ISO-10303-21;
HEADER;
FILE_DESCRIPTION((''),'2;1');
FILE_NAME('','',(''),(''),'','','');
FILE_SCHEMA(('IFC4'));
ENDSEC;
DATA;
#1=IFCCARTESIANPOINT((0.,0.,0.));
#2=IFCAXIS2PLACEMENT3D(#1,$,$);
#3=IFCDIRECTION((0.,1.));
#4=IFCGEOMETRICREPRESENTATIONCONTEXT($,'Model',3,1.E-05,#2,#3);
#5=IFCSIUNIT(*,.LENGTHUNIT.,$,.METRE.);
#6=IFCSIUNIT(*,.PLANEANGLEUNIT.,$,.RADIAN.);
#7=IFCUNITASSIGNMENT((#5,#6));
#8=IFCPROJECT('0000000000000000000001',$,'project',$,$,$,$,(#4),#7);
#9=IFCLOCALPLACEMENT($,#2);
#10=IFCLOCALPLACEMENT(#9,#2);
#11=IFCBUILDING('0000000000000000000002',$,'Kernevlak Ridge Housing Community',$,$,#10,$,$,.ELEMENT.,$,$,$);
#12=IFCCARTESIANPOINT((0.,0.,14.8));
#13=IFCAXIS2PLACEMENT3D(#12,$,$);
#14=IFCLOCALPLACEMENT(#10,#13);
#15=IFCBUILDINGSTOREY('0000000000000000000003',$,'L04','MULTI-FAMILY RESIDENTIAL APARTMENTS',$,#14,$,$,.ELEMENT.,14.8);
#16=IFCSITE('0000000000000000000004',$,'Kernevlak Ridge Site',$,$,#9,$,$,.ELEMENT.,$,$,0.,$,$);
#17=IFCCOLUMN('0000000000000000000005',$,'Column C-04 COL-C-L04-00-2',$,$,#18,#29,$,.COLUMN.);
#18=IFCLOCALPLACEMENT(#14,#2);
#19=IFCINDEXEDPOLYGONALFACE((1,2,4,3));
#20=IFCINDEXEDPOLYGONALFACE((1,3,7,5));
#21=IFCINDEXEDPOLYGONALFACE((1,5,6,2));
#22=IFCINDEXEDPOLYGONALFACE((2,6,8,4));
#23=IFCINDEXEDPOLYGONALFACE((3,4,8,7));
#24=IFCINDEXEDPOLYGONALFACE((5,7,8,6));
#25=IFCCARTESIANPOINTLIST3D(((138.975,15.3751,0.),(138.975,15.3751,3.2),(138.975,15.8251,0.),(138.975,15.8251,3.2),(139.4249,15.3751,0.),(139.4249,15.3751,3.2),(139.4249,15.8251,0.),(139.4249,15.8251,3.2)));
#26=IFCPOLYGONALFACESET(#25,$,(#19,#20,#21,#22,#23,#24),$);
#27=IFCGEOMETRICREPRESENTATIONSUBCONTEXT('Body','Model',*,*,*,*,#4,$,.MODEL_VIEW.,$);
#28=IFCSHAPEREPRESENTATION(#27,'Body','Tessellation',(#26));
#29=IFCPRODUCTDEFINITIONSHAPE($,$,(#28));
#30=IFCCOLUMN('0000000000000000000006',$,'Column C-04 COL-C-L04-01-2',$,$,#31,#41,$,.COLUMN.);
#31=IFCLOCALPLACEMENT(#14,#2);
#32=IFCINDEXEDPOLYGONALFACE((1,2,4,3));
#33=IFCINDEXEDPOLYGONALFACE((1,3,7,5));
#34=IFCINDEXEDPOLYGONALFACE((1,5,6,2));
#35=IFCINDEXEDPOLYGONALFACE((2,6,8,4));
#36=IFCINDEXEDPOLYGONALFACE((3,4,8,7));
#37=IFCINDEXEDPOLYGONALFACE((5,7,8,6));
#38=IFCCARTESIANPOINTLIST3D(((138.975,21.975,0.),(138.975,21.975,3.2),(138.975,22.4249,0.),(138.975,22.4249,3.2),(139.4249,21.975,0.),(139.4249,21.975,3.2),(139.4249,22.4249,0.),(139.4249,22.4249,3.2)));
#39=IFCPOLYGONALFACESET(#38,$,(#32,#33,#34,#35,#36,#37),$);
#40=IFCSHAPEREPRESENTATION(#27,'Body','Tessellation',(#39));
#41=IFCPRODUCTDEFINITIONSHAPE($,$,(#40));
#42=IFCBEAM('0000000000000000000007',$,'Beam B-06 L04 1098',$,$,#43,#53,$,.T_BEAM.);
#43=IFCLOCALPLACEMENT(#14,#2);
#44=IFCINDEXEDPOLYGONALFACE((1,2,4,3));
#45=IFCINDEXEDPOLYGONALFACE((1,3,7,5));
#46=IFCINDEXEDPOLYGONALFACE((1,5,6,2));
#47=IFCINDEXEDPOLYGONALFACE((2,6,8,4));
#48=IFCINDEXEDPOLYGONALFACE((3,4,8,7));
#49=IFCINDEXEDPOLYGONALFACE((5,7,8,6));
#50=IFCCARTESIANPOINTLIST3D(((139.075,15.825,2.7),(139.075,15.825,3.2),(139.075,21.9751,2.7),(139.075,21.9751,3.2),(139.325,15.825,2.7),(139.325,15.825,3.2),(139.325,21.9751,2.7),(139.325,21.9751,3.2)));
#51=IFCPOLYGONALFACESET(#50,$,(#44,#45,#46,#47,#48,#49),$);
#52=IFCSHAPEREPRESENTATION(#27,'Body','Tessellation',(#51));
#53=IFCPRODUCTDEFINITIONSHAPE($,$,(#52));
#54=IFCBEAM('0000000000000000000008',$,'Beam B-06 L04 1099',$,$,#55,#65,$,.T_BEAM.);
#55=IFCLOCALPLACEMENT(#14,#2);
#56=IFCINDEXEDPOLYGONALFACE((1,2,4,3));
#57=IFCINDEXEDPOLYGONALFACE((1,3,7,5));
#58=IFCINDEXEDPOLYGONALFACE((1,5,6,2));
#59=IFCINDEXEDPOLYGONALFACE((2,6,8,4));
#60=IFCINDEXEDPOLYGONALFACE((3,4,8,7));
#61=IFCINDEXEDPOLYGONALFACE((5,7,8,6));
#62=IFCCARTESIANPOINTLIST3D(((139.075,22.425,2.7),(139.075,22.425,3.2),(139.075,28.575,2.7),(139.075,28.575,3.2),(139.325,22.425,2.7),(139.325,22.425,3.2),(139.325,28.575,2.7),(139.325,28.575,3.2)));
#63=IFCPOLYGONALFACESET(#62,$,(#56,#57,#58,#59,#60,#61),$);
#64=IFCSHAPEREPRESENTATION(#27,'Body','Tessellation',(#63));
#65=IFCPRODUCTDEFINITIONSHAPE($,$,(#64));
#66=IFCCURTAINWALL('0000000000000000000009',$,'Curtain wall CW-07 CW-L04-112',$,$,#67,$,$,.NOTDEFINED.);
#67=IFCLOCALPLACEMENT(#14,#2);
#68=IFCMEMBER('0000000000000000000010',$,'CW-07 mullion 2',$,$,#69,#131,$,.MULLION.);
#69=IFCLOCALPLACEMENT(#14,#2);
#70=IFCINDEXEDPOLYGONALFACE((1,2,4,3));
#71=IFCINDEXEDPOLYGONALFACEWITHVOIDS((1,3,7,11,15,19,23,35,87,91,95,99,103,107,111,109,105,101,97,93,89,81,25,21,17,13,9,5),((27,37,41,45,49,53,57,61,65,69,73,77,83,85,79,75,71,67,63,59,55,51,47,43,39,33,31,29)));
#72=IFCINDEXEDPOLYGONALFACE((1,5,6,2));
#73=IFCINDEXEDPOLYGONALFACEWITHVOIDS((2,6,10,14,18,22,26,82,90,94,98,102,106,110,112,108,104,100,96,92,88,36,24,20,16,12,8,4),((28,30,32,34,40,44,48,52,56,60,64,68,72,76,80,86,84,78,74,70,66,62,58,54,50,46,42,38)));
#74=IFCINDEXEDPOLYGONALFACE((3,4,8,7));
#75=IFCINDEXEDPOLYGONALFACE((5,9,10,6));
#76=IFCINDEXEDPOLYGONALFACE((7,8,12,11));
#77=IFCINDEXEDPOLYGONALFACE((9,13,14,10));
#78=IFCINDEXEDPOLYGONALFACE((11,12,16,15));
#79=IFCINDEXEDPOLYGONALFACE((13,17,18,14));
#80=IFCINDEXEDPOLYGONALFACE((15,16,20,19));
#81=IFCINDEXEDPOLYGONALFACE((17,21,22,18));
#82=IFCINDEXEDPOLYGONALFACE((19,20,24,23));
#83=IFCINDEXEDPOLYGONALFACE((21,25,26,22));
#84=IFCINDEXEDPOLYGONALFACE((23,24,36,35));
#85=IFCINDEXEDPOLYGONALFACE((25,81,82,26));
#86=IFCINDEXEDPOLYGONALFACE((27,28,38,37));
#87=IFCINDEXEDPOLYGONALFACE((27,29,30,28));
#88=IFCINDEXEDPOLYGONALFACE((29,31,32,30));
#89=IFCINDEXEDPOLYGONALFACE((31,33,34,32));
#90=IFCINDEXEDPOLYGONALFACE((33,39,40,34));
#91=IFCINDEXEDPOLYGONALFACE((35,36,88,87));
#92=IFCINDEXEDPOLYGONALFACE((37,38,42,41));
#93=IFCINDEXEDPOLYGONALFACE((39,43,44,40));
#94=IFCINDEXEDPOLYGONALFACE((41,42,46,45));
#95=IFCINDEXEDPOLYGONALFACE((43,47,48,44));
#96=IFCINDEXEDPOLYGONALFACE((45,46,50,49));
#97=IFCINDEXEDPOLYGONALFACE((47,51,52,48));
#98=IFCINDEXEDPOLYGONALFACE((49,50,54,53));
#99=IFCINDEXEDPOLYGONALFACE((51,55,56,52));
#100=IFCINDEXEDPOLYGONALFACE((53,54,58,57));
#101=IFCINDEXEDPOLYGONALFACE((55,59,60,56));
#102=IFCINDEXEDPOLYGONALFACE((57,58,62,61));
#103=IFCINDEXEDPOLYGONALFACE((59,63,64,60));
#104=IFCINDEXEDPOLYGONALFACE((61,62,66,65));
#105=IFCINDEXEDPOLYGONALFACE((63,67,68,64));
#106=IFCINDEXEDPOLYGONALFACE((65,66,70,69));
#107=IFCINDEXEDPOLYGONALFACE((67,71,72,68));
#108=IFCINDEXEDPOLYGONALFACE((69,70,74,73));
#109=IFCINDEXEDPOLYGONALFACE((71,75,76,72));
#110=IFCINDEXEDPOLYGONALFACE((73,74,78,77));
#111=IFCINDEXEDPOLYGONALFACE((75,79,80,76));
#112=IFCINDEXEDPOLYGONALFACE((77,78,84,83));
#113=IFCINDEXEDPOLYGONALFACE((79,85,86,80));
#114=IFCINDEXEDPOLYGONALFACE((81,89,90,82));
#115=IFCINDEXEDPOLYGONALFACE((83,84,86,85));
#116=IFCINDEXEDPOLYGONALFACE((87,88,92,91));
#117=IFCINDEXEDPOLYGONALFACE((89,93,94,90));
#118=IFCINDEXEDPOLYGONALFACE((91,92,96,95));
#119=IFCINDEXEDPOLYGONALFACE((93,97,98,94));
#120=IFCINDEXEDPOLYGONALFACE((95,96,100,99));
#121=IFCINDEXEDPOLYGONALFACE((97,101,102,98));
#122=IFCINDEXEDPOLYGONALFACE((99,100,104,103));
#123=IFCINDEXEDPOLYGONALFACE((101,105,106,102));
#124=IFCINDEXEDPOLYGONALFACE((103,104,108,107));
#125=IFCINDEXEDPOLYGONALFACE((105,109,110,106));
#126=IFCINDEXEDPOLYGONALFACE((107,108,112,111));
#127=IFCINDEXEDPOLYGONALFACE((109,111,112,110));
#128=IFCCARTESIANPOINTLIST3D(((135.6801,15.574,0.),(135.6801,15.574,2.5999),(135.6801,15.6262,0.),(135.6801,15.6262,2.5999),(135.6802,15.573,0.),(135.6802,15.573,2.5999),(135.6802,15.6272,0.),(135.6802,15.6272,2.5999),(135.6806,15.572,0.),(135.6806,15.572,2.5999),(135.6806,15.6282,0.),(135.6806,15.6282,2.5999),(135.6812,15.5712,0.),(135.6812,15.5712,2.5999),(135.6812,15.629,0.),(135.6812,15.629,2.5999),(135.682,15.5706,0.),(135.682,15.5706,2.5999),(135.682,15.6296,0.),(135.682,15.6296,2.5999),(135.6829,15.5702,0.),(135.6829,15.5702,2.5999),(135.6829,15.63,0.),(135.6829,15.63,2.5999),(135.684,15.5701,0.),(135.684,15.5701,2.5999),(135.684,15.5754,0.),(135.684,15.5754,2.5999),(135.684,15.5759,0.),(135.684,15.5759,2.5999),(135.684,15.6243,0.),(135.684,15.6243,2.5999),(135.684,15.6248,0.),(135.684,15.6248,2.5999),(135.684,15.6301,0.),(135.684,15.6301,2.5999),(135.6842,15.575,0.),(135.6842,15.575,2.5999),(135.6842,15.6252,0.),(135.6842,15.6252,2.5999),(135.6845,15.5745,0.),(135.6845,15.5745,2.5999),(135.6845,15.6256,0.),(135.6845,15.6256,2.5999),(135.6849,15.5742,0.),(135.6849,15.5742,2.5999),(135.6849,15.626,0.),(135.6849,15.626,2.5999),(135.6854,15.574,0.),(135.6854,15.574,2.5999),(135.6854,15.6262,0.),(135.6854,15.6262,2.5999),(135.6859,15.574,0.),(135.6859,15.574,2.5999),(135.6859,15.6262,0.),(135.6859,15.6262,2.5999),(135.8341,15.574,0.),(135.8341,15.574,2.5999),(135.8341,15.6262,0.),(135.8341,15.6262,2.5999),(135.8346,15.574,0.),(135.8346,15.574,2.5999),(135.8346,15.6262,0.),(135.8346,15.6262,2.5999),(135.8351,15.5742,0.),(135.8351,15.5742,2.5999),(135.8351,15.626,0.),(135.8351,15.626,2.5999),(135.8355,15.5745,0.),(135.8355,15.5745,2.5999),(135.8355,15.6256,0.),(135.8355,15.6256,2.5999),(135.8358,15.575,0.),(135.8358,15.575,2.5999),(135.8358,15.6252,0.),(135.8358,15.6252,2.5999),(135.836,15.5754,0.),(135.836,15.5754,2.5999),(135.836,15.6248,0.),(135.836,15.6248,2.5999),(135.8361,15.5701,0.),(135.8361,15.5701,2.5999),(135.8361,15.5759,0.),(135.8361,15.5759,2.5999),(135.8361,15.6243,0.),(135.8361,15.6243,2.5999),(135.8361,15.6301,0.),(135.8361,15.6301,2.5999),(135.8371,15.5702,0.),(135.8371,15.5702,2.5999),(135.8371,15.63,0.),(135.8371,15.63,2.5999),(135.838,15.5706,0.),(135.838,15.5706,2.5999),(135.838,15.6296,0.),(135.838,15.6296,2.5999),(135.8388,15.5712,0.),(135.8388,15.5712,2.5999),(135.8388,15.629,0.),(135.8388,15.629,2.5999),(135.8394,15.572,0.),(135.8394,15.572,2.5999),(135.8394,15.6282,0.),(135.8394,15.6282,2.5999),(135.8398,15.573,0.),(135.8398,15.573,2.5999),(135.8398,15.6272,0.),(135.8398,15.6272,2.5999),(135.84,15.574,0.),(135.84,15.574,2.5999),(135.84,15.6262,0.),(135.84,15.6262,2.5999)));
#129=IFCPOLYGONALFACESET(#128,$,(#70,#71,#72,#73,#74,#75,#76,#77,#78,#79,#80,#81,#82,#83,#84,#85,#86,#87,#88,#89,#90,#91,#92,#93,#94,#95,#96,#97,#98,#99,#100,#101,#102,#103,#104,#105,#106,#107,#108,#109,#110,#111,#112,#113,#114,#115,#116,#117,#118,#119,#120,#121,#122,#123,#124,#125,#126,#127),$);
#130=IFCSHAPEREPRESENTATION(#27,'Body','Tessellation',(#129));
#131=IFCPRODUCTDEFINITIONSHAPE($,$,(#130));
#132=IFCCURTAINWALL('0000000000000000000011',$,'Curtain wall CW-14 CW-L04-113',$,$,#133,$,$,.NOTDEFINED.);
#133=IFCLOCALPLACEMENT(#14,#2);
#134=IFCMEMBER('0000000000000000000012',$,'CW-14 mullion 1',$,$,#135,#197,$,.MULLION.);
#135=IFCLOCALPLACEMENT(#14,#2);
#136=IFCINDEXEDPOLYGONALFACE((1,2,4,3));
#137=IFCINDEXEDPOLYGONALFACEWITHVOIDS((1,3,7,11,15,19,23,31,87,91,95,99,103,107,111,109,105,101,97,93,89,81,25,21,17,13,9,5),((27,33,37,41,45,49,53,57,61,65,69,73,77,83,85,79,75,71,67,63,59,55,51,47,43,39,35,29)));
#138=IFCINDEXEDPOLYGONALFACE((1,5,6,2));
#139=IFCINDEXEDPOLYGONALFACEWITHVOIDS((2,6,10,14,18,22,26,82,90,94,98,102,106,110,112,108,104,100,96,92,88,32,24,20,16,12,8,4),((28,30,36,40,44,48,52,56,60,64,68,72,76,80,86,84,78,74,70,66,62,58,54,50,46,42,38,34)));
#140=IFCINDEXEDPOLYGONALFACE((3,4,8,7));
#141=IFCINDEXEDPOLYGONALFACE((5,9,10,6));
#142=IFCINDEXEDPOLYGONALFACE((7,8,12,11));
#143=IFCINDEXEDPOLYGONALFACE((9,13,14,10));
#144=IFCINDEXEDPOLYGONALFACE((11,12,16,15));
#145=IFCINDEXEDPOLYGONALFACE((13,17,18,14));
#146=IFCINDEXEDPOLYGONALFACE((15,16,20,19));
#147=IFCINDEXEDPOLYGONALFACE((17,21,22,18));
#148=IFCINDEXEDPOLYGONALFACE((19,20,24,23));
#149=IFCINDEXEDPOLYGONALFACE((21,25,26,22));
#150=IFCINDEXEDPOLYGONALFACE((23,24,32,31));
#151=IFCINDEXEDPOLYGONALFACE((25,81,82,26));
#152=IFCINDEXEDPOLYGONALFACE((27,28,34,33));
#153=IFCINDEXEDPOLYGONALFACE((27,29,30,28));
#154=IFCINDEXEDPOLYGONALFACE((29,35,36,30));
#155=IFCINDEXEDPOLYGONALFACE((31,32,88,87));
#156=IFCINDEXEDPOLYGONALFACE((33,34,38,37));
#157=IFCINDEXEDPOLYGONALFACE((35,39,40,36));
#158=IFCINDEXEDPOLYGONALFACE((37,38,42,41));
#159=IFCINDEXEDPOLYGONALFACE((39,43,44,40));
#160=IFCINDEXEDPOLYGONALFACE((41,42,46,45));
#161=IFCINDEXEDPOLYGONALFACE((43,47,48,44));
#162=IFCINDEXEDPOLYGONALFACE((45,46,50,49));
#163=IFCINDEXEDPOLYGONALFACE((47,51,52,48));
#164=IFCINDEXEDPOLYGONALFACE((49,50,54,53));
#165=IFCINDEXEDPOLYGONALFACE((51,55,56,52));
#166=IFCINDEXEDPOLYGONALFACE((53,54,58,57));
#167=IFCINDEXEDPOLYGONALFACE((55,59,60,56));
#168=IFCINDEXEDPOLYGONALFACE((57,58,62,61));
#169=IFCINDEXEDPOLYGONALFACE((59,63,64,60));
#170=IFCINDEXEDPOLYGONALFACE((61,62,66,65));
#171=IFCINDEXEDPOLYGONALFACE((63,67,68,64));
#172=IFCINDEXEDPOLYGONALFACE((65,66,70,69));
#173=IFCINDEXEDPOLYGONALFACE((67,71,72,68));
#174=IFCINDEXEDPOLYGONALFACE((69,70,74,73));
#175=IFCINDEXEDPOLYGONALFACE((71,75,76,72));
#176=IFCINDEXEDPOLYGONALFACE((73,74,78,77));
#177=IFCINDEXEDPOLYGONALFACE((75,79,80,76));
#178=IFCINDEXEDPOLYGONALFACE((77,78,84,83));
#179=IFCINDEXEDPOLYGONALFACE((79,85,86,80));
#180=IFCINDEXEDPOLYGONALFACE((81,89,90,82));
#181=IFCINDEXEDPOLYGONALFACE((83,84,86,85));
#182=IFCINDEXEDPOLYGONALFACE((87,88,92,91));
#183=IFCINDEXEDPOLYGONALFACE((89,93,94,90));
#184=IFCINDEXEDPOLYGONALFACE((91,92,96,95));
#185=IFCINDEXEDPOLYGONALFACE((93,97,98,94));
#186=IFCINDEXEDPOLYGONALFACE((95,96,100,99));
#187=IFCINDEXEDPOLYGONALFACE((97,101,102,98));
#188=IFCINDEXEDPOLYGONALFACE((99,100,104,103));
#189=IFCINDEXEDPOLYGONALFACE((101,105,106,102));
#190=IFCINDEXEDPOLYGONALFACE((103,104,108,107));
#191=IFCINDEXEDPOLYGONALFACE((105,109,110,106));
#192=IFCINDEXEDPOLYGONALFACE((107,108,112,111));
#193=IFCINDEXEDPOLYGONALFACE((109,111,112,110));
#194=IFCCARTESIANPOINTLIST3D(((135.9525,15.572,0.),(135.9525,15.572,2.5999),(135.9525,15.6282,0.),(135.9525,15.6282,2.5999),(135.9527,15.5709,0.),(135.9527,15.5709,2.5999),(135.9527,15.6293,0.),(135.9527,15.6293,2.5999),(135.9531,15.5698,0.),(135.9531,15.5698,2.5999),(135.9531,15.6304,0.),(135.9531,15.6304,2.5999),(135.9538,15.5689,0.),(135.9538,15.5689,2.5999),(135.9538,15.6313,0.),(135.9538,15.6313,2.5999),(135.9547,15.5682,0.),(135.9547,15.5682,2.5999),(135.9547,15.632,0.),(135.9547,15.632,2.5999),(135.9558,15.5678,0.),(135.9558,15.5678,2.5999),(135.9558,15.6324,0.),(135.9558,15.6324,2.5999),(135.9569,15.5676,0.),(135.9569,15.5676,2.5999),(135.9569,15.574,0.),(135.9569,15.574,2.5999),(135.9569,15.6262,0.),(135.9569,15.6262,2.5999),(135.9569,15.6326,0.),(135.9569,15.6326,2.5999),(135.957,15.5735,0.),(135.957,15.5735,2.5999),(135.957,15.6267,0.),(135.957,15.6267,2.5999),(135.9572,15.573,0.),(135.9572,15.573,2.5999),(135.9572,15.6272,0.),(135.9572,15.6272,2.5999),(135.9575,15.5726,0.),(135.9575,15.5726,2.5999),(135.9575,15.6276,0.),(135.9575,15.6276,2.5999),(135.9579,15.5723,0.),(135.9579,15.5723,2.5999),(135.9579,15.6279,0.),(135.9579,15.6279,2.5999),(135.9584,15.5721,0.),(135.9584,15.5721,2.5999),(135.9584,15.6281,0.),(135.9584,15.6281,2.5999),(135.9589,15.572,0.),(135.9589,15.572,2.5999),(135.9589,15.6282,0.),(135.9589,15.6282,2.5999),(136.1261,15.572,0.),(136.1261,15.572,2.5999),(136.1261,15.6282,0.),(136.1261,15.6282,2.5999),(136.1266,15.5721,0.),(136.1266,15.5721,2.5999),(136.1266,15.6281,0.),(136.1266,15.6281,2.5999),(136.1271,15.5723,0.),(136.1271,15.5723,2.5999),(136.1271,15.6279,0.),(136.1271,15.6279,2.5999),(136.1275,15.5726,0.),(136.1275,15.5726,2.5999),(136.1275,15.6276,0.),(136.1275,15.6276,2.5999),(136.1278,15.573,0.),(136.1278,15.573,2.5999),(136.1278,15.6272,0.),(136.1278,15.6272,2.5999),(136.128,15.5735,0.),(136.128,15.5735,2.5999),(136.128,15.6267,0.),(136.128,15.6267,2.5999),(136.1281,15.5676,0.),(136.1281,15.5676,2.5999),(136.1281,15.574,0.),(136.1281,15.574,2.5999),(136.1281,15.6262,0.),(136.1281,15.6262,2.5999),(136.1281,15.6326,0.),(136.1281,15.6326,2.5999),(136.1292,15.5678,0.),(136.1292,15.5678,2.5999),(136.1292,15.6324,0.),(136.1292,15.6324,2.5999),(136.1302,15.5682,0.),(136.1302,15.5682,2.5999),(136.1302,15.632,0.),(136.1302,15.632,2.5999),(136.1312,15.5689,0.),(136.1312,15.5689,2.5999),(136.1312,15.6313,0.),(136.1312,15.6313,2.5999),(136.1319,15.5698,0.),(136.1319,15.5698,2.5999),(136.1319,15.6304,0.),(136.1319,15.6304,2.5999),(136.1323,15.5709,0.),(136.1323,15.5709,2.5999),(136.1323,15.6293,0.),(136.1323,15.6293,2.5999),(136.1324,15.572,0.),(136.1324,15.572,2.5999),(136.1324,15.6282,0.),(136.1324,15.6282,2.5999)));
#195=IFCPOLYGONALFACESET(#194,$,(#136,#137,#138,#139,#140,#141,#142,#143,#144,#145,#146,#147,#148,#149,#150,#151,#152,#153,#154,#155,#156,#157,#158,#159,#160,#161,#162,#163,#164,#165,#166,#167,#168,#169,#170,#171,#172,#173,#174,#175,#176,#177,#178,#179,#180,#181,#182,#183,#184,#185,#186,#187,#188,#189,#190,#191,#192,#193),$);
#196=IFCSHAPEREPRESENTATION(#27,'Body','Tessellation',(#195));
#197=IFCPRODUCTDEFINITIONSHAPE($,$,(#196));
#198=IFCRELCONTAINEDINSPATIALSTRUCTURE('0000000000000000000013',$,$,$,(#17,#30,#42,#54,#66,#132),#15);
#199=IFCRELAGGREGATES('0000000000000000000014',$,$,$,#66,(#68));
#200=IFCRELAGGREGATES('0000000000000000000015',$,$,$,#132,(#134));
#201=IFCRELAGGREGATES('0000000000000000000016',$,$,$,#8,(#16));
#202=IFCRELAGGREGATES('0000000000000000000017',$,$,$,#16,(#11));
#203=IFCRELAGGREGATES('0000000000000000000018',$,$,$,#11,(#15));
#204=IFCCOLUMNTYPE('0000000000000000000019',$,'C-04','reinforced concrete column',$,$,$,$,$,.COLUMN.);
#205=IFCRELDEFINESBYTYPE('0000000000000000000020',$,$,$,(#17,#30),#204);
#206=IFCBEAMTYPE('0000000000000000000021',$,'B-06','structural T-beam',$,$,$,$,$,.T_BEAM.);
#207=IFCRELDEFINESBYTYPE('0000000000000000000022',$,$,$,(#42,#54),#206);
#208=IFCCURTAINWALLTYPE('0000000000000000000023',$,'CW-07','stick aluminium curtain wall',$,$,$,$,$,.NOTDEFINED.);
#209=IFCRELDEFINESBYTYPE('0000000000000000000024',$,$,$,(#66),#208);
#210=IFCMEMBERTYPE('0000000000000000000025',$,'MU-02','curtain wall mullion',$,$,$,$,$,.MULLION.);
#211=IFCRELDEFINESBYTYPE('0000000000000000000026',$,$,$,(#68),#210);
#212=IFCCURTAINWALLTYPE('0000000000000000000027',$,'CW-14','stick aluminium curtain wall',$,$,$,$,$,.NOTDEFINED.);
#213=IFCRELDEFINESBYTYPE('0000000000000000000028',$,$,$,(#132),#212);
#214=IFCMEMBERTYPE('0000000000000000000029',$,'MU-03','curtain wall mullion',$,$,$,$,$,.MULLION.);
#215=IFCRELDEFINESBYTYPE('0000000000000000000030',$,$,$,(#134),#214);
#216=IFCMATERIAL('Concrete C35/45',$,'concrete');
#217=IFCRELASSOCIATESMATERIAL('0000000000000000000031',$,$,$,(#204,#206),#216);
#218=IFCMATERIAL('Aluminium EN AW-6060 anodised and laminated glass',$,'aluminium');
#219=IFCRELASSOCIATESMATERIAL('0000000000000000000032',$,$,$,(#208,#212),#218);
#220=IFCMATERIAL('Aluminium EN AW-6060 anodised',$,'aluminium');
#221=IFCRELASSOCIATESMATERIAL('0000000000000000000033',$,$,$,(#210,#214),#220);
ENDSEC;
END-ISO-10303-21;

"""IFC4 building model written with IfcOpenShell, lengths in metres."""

from ifc_helpers import new_model, si_unit, direction, frame, origin, origin_2d, place, context, subcontext, project, spatial, rectangle, hollow_rectangle, extrude, material, material_profile, profile_set, type_object, element, aggregate, save


model = new_model("IFC4")

# Units and contexts
model_context = context("Model", 3, precision=1e-05, world=origin(), true_north=direction((0.0, 1.0)))
body_context = subcontext(model_context, "Body", "Model", "MODEL_VIEW")
ifc_project = project(units=[si_unit("LENGTHUNIT", "METRE"), si_unit("PLANEANGLEUNIT", "RADIAN")], contexts=[model_context])

# Site, building, storey
site_placement = place(None, origin())
site = spatial("IfcSite", under=ifc_project, at=site_placement, Name="Kernevlak Ridge Site", CompositionType="ELEMENT", RefElevation=0.0)
building_placement = place(site_placement, origin())
building = spatial("IfcBuilding", under=site, at=building_placement, Name="Kernevlak Ridge Housing Community", CompositionType="ELEMENT")
storey_placement = place(building_placement, frame((0.0, 0.0, 14.8)))
storey = spatial("IfcBuildingStorey", under=building, at=storey_placement, Name="L04", Description="MULTI-FAMILY RESIDENTIAL APARTMENTS", CompositionType="ELEMENT", Elevation=14.8)

# Columns
ifc_material_1 = material(Name="Concrete C35/45", Category="concrete")
ifc_material_profile_1 = material_profile(ifc_material_1, rectangle(XDim=0.45, YDim=0.45, at=origin_2d()), Name="RC 450x450")
ifc_profile_set_1 = profile_set([ifc_material_profile_1], Name="Concrete C35/45")
column_type = type_object("IfcColumnType", Name="C-04", Description="reinforced concrete column", PredefinedType="COLUMN", material=ifc_profile_set_1)
for number, where, z_axis, x_axis, name in (
    (1, (139.2, 15.6001, 0.0), (0.0, 0.0, 1.0), (1.0, 0.0, 0.0), "Column C-04 COL-C-L04-00-2"),
    (2, (139.2, 22.2, 0.0), (0.0, 0.0, 1.0), (1.0, 0.0, 0.0), "Column C-04 COL-C-L04-01-2"),
):
    element("IfcColumn", number, at=place(storey_placement, frame(where, z_axis=z_axis, x_axis=x_axis)), inside=storey, type_object=column_type, Name=name, PredefinedType="COLUMN", context=body_context, shape_type="SweptSolid", body=[
        extrude(rectangle(XDim=0.45, YDim=0.45, at=origin_2d()), origin(), (0.0, 0.0, 1.0), 3.2),
    ])

# Beams
ifc_material_profile_2 = material_profile(ifc_material_1, rectangle(XDim=0.25, YDim=0.5, at=origin_2d()), Name="RC 250x500")
ifc_profile_set_2 = profile_set([ifc_material_profile_2], Name="Concrete C35/45")
beam_type = type_object("IfcBeamType", Name="B-06", Description="structural T-beam", PredefinedType="T_BEAM", material=ifc_profile_set_2)
beam_1_placement = place(storey_placement, frame((139.2, 15.825, 2.95), z_axis=(0.0, 1.0, 0.0), x_axis=(-1.0, 0.0, 0.0)))
element("IfcBeam", 3, at=beam_1_placement, inside=storey, type_object=beam_type, Name="Beam B-06 L04 1098", PredefinedType="T_BEAM", context=body_context, shape_type="SweptSolid", body=[
    extrude(rectangle(XDim=0.25, YDim=0.5, at=origin_2d()), origin(), (0.0, 0.0, 1.0), 6.1501),
])
beam_2_placement = place(storey_placement, frame((139.2, 22.425, 2.95), z_axis=(0.0, 1.0, 0.0), x_axis=(-1.0, 0.0, 0.0)))
element("IfcBeam", 4, at=beam_2_placement, inside=storey, type_object=beam_type, Name="Beam B-06 L04 1099", PredefinedType="T_BEAM", context=body_context, shape_type="SweptSolid", body=[
    extrude(rectangle(XDim=0.25, YDim=0.5, at=origin_2d()), origin(), (0.0, 0.0, 1.0), 6.1499),
])

# Curtain wall, member
ifc_material_2 = material(Name="Aluminium EN AW-6060 anodised and laminated glass", Category="aluminium")
curtain_wall_type_1 = type_object("IfcCurtainWallType", Name="CW-07", Description="stick aluminium curtain wall", PredefinedType="NOTDEFINED", material=ifc_material_2)
curtain_wall_1_placement = place(storey_placement, origin())
curtain_wall_1 = element("IfcCurtainWall", 5, at=curtain_wall_1_placement, inside=storey, type_object=curtain_wall_type_1, Name="Curtain wall CW-07 CW-L04-112", PredefinedType="NOTDEFINED")
ifc_material_3 = material(Name="Aluminium EN AW-6060 anodised", Category="aluminium")
ifc_material_profile_3 = material_profile(ifc_material_3, hollow_rectangle(XDim=0.0601, YDim=0.1599, WallThickness=0.0039, InnerFilletRadius=0.002, OuterFilletRadius=0.0039, at=origin_2d()), Name="ALU 60x160x4")
ifc_profile_set_3 = profile_set([ifc_material_profile_3], Name="Aluminium EN AW-6060 anodised")
member_type_1 = type_object("IfcMemberType", Name="MU-02", Description="curtain wall mullion", PredefinedType="MULLION", material=ifc_profile_set_3)
member_1_placement = place(storey_placement, frame((135.76, 15.6001, 0.0), z_axis=(0.0, 0.0, 1.0), x_axis=(0.0, 1.0, 0.0)))
member_1 = element("IfcMember", 6, at=member_1_placement, type_object=member_type_1, Name="CW-07 mullion 2", PredefinedType="MULLION", context=body_context, shape_type="SweptSolid", body=[
    extrude(hollow_rectangle(XDim=0.0601, YDim=0.1599, WallThickness=0.0039, InnerFilletRadius=0.002, OuterFilletRadius=0.0039, at=origin_2d()), origin(), (0.0, 0.0, 1.0), 2.5999),
])
aggregate(curtain_wall_1, [member_1])

# Curtain wall, member
curtain_wall_type_2 = type_object("IfcCurtainWallType", Name="CW-14", Description="stick aluminium curtain wall", PredefinedType="NOTDEFINED", material=ifc_material_2)
curtain_wall_2_placement = place(storey_placement, origin())
curtain_wall_2 = element("IfcCurtainWall", 7, at=curtain_wall_2_placement, inside=storey, type_object=curtain_wall_type_2, Name="Curtain wall CW-14 CW-L04-113", PredefinedType="NOTDEFINED")
ifc_material_profile_4 = material_profile(ifc_material_3, hollow_rectangle(XDim=0.0649, YDim=0.1799, WallThickness=0.0044, InnerFilletRadius=0.002, OuterFilletRadius=0.0044, at=origin_2d()), Name="ALU 65x180x4.5")
ifc_profile_set_4 = profile_set([ifc_material_profile_4], Name="Aluminium EN AW-6060 anodised")
member_type_2 = type_object("IfcMemberType", Name="MU-03", Description="curtain wall mullion", PredefinedType="MULLION", material=ifc_profile_set_4)
member_2_placement = place(storey_placement, frame((136.0425, 15.6001, 0.0), z_axis=(0.0, 0.0, 1.0), x_axis=(0.0, 1.0, 0.0)))
member_2 = element("IfcMember", 8, at=member_2_placement, type_object=member_type_2, Name="CW-14 mullion 1", PredefinedType="MULLION", context=body_context, shape_type="SweptSolid", body=[
    extrude(hollow_rectangle(XDim=0.0649, YDim=0.1799, WallThickness=0.0044, InnerFilletRadius=0.002, OuterFilletRadius=0.0044, at=origin_2d()), origin(), (0.0, 0.0, 1.0), 2.5999),
])
aggregate(curtain_wall_2, [member_2])

save(model, "model.ifc")
